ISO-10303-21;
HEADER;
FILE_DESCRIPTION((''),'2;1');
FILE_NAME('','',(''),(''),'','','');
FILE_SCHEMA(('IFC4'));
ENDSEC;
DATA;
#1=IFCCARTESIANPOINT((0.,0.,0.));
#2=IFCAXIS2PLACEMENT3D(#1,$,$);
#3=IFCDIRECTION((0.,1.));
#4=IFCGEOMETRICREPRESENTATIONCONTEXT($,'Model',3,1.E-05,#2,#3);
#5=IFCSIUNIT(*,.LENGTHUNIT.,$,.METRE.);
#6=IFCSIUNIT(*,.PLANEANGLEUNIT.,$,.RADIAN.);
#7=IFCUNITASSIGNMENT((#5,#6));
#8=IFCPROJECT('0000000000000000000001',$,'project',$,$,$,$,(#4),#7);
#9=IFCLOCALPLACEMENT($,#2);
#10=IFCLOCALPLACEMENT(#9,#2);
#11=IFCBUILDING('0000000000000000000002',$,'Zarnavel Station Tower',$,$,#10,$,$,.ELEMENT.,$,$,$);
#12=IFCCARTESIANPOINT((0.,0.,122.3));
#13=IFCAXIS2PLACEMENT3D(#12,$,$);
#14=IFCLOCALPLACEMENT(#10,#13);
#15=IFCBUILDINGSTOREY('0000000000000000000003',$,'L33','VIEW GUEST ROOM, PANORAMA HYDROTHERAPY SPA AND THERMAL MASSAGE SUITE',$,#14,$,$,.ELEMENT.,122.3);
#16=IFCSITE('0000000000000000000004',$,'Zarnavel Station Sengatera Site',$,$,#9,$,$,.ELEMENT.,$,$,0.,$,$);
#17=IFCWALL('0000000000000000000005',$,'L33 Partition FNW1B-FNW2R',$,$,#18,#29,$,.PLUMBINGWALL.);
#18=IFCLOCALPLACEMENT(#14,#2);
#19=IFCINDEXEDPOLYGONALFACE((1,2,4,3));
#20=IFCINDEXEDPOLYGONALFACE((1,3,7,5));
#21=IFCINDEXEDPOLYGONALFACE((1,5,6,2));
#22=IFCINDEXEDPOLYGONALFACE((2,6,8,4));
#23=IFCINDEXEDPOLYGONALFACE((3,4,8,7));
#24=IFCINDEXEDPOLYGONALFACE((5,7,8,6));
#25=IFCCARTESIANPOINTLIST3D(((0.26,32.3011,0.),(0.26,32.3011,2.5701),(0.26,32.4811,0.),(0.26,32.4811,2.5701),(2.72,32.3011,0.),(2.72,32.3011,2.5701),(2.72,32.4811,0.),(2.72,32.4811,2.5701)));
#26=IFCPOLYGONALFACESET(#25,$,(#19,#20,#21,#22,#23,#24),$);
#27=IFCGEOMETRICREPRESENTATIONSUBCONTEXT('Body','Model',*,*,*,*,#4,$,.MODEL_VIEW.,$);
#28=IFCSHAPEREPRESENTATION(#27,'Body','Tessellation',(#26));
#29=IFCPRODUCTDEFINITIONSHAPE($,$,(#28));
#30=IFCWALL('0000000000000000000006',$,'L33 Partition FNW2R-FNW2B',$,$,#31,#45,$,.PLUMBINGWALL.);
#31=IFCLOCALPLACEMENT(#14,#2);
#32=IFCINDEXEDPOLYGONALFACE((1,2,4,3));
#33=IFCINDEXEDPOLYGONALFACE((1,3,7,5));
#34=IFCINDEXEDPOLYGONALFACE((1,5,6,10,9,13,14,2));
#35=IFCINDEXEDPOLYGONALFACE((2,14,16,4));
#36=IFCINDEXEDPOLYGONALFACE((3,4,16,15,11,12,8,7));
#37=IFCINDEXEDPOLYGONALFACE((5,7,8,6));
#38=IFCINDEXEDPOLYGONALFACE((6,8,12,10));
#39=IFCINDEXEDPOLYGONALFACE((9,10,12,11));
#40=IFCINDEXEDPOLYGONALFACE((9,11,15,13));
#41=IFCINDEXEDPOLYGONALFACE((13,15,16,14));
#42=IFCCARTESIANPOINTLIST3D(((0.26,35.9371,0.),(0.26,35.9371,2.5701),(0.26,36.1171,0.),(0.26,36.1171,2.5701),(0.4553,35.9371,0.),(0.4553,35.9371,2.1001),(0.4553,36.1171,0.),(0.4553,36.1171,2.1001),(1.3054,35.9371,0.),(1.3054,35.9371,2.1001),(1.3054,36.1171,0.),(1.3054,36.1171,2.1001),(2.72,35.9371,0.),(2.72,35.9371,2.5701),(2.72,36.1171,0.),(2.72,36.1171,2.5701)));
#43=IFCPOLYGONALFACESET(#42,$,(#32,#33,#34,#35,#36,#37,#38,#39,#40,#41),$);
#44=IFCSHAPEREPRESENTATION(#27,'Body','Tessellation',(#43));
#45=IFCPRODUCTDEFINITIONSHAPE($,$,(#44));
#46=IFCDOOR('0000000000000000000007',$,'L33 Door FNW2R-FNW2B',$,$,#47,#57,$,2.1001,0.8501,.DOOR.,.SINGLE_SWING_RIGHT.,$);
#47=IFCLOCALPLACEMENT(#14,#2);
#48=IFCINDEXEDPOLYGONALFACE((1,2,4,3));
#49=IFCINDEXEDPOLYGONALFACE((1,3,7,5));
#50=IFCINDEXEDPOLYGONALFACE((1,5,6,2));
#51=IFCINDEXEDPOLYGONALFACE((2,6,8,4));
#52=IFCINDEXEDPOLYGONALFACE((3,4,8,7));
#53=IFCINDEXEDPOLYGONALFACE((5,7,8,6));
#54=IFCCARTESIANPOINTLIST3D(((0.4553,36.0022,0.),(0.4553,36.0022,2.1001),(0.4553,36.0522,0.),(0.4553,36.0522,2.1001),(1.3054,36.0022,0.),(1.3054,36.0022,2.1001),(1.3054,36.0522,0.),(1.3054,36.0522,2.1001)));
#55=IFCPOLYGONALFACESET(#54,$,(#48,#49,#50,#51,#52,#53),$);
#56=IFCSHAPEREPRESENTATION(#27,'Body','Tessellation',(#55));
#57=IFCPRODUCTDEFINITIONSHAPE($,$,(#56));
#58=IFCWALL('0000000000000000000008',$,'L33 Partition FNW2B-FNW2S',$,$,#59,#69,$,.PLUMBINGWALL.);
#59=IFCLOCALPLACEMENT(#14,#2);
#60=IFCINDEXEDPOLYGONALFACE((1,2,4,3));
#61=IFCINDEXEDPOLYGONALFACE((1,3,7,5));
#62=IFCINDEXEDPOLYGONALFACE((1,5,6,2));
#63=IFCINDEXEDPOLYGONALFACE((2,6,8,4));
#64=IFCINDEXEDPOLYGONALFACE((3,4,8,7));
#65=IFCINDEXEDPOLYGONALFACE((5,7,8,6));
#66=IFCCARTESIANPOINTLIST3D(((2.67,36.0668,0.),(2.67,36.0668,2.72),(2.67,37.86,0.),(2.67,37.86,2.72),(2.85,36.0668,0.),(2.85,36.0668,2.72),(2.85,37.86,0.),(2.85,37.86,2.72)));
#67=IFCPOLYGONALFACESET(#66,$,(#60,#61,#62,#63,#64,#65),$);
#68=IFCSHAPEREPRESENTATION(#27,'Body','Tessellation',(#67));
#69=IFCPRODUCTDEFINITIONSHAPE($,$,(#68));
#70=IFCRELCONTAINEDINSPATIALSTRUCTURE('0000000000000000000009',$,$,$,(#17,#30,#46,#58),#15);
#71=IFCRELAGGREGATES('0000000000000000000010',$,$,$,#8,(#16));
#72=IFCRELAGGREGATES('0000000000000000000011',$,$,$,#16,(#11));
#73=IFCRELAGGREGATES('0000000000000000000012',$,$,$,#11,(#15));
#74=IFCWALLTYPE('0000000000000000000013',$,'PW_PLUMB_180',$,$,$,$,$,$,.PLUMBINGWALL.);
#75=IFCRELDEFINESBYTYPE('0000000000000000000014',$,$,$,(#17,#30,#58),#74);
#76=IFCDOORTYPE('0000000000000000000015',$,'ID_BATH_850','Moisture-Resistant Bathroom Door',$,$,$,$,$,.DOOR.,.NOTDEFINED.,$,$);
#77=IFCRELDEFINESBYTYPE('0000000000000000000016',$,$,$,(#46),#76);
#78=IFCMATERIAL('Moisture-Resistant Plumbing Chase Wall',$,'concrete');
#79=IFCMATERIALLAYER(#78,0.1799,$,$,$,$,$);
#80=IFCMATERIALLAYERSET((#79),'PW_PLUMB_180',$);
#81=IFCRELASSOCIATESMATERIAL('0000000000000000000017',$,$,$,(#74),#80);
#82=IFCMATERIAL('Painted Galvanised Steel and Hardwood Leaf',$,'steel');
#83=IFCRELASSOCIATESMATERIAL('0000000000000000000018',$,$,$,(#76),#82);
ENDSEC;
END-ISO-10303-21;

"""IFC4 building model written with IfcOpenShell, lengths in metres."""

from ifc_helpers import new_model, si_unit, direction, frame, frame_2d, origin, place, context, subcontext, project, spatial, rectangle, extrude, material, layer, layer_set, type_object, element, fill, save


model = new_model("IFC4")

# Units and contexts
model_context = context("Model", 3, precision=1e-05, world=origin(), true_north=direction((0.0, 1.0)))
body_context = subcontext(model_context, "Body", "Model", "MODEL_VIEW")
ifc_project = project(units=[si_unit("LENGTHUNIT", "METRE"), si_unit("PLANEANGLEUNIT", "RADIAN")], contexts=[model_context])

# Site, building, storey
site_placement = place(None, origin())
site = spatial("IfcSite", under=ifc_project, at=site_placement, Name="Zarnavel Station Sengatera Site", CompositionType="ELEMENT", RefElevation=0.0)
building_placement = place(site_placement, origin())
building = spatial("IfcBuilding", under=site, at=building_placement, Name="Zarnavel Station Tower", CompositionType="ELEMENT")
storey_placement = place(building_placement, frame((0.0, 0.0, 122.3)))
storey = spatial("IfcBuildingStorey", under=building, at=storey_placement, Name="L33", Description="VIEW GUEST ROOM, PANORAMA HYDROTHERAPY SPA AND THERMAL MASSAGE SUITE", CompositionType="ELEMENT", Elevation=122.3)

# Shared definitions
ifc_material_1 = material(Name="Moisture-Resistant Plumbing Chase Wall", Category="concrete")
ifc_layer_1 = layer(ifc_material_1, 0.1799)
ifc_layer_set_1 = layer_set([ifc_layer_1], Name="PW_PLUMB_180")
wall_type_1 = type_object("IfcWallType", Name="PW_PLUMB_180", PredefinedType="PLUMBINGWALL", material=ifc_layer_set_1)
ifc_material_2 = material(Name="Painted Galvanised Steel and Hardwood Leaf", Category="steel")
door_type_1 = type_object("IfcDoorType", Name="ID_BATH_850", Description="Moisture-Resistant Bathroom Door", OperationType="NOTDEFINED", PredefinedType="DOOR", material=ifc_material_2)

# Wall
wall_1_placement = place(storey_placement, frame((0.26, 32.3911, 0.0), z_axis=(0.0, 0.0, 1.0), x_axis=(1.0, 0.0, 0.0)))
element("IfcWall", 1, at=wall_1_placement, inside=storey, type_object=wall_type_1, Name="L33 Partition FNW1B-FNW2R", PredefinedType="PLUMBINGWALL", context=body_context, shape_type="SweptSolid", body=[
    extrude(rectangle(XDim=2.46, YDim=0.1799, at=frame_2d((1.23, 0.0))), origin(), (0.0, 0.0, 1.0), 2.5701),
])

# Wall, opening, door
wall_2_placement = place(storey_placement, frame((2.72, 36.0271, 0.0), z_axis=(0.0, 0.0, 1.0), x_axis=(-1.0, 0.0, 0.0)))
wall_2 = element("IfcWall", 2, at=wall_2_placement, inside=storey, type_object=wall_type_1, Name="L33 Partition FNW2R-FNW2B", PredefinedType="PLUMBINGWALL", context=body_context, shape_type="SweptSolid", body=[
    extrude(rectangle(XDim=2.46, YDim=0.1799, at=frame_2d((1.23, 0.0))), origin(), (0.0, 0.0, 1.0), 2.5701),
])
opening_1_placement = place(wall_2_placement, frame((1.4146, 0.0, 0.0)))
opening_1 = element("IfcOpeningElement", 3, at=opening_1_placement, cuts=wall_2, PredefinedType="OPENING", context=body_context, shape_type="SweptSolid", body=[
    extrude(rectangle(XDim=0.8501, YDim=2.1001, at=frame_2d((0.425, 1.05))), frame((0.0, 0.0999, 0.0), z_axis=(0.0, -1.0, 0.0), x_axis=(1.0, 0.0, 0.0)), (0.0, 0.0, 1.0), 0.2),
])
door_1_placement = place(opening_1_placement, origin())
door_1 = element("IfcDoor", 4, at=door_1_placement, inside=storey, type_object=door_type_1, Name="L33 Door FNW2R-FNW2B", OperationType="SINGLE_SWING_RIGHT", OverallHeight=2.1001, OverallWidth=0.8501, PredefinedType="DOOR", context=body_context, shape_type="SweptSolid", body=[
    extrude(rectangle(XDim=0.8501, YDim=2.1001, at=frame_2d((0.425, 1.05))), frame((0.0, 0.0249, 0.0), z_axis=(0.0, -1.0, 0.0), x_axis=(1.0, 0.0, 0.0)), (0.0, 0.0, 1.0), 0.05),
])
fill(opening_1, door_1)

# Wall
wall_3_placement = place(storey_placement, frame((2.76, 36.0669, 0.0), z_axis=(0.0, 0.0, 1.0), x_axis=(0.0, 1.0, 0.0)))
element("IfcWall", 5, at=wall_3_placement, inside=storey, type_object=wall_type_1, Name="L33 Partition FNW2B-FNW2S", PredefinedType="PLUMBINGWALL", context=body_context, shape_type="SweptSolid", body=[
    extrude(rectangle(XDim=1.7932, YDim=0.1799, at=frame_2d((0.8965, 0.0))), origin(), (0.0, 0.0, 1.0), 2.72),
])

save(model, "model.ifc")
